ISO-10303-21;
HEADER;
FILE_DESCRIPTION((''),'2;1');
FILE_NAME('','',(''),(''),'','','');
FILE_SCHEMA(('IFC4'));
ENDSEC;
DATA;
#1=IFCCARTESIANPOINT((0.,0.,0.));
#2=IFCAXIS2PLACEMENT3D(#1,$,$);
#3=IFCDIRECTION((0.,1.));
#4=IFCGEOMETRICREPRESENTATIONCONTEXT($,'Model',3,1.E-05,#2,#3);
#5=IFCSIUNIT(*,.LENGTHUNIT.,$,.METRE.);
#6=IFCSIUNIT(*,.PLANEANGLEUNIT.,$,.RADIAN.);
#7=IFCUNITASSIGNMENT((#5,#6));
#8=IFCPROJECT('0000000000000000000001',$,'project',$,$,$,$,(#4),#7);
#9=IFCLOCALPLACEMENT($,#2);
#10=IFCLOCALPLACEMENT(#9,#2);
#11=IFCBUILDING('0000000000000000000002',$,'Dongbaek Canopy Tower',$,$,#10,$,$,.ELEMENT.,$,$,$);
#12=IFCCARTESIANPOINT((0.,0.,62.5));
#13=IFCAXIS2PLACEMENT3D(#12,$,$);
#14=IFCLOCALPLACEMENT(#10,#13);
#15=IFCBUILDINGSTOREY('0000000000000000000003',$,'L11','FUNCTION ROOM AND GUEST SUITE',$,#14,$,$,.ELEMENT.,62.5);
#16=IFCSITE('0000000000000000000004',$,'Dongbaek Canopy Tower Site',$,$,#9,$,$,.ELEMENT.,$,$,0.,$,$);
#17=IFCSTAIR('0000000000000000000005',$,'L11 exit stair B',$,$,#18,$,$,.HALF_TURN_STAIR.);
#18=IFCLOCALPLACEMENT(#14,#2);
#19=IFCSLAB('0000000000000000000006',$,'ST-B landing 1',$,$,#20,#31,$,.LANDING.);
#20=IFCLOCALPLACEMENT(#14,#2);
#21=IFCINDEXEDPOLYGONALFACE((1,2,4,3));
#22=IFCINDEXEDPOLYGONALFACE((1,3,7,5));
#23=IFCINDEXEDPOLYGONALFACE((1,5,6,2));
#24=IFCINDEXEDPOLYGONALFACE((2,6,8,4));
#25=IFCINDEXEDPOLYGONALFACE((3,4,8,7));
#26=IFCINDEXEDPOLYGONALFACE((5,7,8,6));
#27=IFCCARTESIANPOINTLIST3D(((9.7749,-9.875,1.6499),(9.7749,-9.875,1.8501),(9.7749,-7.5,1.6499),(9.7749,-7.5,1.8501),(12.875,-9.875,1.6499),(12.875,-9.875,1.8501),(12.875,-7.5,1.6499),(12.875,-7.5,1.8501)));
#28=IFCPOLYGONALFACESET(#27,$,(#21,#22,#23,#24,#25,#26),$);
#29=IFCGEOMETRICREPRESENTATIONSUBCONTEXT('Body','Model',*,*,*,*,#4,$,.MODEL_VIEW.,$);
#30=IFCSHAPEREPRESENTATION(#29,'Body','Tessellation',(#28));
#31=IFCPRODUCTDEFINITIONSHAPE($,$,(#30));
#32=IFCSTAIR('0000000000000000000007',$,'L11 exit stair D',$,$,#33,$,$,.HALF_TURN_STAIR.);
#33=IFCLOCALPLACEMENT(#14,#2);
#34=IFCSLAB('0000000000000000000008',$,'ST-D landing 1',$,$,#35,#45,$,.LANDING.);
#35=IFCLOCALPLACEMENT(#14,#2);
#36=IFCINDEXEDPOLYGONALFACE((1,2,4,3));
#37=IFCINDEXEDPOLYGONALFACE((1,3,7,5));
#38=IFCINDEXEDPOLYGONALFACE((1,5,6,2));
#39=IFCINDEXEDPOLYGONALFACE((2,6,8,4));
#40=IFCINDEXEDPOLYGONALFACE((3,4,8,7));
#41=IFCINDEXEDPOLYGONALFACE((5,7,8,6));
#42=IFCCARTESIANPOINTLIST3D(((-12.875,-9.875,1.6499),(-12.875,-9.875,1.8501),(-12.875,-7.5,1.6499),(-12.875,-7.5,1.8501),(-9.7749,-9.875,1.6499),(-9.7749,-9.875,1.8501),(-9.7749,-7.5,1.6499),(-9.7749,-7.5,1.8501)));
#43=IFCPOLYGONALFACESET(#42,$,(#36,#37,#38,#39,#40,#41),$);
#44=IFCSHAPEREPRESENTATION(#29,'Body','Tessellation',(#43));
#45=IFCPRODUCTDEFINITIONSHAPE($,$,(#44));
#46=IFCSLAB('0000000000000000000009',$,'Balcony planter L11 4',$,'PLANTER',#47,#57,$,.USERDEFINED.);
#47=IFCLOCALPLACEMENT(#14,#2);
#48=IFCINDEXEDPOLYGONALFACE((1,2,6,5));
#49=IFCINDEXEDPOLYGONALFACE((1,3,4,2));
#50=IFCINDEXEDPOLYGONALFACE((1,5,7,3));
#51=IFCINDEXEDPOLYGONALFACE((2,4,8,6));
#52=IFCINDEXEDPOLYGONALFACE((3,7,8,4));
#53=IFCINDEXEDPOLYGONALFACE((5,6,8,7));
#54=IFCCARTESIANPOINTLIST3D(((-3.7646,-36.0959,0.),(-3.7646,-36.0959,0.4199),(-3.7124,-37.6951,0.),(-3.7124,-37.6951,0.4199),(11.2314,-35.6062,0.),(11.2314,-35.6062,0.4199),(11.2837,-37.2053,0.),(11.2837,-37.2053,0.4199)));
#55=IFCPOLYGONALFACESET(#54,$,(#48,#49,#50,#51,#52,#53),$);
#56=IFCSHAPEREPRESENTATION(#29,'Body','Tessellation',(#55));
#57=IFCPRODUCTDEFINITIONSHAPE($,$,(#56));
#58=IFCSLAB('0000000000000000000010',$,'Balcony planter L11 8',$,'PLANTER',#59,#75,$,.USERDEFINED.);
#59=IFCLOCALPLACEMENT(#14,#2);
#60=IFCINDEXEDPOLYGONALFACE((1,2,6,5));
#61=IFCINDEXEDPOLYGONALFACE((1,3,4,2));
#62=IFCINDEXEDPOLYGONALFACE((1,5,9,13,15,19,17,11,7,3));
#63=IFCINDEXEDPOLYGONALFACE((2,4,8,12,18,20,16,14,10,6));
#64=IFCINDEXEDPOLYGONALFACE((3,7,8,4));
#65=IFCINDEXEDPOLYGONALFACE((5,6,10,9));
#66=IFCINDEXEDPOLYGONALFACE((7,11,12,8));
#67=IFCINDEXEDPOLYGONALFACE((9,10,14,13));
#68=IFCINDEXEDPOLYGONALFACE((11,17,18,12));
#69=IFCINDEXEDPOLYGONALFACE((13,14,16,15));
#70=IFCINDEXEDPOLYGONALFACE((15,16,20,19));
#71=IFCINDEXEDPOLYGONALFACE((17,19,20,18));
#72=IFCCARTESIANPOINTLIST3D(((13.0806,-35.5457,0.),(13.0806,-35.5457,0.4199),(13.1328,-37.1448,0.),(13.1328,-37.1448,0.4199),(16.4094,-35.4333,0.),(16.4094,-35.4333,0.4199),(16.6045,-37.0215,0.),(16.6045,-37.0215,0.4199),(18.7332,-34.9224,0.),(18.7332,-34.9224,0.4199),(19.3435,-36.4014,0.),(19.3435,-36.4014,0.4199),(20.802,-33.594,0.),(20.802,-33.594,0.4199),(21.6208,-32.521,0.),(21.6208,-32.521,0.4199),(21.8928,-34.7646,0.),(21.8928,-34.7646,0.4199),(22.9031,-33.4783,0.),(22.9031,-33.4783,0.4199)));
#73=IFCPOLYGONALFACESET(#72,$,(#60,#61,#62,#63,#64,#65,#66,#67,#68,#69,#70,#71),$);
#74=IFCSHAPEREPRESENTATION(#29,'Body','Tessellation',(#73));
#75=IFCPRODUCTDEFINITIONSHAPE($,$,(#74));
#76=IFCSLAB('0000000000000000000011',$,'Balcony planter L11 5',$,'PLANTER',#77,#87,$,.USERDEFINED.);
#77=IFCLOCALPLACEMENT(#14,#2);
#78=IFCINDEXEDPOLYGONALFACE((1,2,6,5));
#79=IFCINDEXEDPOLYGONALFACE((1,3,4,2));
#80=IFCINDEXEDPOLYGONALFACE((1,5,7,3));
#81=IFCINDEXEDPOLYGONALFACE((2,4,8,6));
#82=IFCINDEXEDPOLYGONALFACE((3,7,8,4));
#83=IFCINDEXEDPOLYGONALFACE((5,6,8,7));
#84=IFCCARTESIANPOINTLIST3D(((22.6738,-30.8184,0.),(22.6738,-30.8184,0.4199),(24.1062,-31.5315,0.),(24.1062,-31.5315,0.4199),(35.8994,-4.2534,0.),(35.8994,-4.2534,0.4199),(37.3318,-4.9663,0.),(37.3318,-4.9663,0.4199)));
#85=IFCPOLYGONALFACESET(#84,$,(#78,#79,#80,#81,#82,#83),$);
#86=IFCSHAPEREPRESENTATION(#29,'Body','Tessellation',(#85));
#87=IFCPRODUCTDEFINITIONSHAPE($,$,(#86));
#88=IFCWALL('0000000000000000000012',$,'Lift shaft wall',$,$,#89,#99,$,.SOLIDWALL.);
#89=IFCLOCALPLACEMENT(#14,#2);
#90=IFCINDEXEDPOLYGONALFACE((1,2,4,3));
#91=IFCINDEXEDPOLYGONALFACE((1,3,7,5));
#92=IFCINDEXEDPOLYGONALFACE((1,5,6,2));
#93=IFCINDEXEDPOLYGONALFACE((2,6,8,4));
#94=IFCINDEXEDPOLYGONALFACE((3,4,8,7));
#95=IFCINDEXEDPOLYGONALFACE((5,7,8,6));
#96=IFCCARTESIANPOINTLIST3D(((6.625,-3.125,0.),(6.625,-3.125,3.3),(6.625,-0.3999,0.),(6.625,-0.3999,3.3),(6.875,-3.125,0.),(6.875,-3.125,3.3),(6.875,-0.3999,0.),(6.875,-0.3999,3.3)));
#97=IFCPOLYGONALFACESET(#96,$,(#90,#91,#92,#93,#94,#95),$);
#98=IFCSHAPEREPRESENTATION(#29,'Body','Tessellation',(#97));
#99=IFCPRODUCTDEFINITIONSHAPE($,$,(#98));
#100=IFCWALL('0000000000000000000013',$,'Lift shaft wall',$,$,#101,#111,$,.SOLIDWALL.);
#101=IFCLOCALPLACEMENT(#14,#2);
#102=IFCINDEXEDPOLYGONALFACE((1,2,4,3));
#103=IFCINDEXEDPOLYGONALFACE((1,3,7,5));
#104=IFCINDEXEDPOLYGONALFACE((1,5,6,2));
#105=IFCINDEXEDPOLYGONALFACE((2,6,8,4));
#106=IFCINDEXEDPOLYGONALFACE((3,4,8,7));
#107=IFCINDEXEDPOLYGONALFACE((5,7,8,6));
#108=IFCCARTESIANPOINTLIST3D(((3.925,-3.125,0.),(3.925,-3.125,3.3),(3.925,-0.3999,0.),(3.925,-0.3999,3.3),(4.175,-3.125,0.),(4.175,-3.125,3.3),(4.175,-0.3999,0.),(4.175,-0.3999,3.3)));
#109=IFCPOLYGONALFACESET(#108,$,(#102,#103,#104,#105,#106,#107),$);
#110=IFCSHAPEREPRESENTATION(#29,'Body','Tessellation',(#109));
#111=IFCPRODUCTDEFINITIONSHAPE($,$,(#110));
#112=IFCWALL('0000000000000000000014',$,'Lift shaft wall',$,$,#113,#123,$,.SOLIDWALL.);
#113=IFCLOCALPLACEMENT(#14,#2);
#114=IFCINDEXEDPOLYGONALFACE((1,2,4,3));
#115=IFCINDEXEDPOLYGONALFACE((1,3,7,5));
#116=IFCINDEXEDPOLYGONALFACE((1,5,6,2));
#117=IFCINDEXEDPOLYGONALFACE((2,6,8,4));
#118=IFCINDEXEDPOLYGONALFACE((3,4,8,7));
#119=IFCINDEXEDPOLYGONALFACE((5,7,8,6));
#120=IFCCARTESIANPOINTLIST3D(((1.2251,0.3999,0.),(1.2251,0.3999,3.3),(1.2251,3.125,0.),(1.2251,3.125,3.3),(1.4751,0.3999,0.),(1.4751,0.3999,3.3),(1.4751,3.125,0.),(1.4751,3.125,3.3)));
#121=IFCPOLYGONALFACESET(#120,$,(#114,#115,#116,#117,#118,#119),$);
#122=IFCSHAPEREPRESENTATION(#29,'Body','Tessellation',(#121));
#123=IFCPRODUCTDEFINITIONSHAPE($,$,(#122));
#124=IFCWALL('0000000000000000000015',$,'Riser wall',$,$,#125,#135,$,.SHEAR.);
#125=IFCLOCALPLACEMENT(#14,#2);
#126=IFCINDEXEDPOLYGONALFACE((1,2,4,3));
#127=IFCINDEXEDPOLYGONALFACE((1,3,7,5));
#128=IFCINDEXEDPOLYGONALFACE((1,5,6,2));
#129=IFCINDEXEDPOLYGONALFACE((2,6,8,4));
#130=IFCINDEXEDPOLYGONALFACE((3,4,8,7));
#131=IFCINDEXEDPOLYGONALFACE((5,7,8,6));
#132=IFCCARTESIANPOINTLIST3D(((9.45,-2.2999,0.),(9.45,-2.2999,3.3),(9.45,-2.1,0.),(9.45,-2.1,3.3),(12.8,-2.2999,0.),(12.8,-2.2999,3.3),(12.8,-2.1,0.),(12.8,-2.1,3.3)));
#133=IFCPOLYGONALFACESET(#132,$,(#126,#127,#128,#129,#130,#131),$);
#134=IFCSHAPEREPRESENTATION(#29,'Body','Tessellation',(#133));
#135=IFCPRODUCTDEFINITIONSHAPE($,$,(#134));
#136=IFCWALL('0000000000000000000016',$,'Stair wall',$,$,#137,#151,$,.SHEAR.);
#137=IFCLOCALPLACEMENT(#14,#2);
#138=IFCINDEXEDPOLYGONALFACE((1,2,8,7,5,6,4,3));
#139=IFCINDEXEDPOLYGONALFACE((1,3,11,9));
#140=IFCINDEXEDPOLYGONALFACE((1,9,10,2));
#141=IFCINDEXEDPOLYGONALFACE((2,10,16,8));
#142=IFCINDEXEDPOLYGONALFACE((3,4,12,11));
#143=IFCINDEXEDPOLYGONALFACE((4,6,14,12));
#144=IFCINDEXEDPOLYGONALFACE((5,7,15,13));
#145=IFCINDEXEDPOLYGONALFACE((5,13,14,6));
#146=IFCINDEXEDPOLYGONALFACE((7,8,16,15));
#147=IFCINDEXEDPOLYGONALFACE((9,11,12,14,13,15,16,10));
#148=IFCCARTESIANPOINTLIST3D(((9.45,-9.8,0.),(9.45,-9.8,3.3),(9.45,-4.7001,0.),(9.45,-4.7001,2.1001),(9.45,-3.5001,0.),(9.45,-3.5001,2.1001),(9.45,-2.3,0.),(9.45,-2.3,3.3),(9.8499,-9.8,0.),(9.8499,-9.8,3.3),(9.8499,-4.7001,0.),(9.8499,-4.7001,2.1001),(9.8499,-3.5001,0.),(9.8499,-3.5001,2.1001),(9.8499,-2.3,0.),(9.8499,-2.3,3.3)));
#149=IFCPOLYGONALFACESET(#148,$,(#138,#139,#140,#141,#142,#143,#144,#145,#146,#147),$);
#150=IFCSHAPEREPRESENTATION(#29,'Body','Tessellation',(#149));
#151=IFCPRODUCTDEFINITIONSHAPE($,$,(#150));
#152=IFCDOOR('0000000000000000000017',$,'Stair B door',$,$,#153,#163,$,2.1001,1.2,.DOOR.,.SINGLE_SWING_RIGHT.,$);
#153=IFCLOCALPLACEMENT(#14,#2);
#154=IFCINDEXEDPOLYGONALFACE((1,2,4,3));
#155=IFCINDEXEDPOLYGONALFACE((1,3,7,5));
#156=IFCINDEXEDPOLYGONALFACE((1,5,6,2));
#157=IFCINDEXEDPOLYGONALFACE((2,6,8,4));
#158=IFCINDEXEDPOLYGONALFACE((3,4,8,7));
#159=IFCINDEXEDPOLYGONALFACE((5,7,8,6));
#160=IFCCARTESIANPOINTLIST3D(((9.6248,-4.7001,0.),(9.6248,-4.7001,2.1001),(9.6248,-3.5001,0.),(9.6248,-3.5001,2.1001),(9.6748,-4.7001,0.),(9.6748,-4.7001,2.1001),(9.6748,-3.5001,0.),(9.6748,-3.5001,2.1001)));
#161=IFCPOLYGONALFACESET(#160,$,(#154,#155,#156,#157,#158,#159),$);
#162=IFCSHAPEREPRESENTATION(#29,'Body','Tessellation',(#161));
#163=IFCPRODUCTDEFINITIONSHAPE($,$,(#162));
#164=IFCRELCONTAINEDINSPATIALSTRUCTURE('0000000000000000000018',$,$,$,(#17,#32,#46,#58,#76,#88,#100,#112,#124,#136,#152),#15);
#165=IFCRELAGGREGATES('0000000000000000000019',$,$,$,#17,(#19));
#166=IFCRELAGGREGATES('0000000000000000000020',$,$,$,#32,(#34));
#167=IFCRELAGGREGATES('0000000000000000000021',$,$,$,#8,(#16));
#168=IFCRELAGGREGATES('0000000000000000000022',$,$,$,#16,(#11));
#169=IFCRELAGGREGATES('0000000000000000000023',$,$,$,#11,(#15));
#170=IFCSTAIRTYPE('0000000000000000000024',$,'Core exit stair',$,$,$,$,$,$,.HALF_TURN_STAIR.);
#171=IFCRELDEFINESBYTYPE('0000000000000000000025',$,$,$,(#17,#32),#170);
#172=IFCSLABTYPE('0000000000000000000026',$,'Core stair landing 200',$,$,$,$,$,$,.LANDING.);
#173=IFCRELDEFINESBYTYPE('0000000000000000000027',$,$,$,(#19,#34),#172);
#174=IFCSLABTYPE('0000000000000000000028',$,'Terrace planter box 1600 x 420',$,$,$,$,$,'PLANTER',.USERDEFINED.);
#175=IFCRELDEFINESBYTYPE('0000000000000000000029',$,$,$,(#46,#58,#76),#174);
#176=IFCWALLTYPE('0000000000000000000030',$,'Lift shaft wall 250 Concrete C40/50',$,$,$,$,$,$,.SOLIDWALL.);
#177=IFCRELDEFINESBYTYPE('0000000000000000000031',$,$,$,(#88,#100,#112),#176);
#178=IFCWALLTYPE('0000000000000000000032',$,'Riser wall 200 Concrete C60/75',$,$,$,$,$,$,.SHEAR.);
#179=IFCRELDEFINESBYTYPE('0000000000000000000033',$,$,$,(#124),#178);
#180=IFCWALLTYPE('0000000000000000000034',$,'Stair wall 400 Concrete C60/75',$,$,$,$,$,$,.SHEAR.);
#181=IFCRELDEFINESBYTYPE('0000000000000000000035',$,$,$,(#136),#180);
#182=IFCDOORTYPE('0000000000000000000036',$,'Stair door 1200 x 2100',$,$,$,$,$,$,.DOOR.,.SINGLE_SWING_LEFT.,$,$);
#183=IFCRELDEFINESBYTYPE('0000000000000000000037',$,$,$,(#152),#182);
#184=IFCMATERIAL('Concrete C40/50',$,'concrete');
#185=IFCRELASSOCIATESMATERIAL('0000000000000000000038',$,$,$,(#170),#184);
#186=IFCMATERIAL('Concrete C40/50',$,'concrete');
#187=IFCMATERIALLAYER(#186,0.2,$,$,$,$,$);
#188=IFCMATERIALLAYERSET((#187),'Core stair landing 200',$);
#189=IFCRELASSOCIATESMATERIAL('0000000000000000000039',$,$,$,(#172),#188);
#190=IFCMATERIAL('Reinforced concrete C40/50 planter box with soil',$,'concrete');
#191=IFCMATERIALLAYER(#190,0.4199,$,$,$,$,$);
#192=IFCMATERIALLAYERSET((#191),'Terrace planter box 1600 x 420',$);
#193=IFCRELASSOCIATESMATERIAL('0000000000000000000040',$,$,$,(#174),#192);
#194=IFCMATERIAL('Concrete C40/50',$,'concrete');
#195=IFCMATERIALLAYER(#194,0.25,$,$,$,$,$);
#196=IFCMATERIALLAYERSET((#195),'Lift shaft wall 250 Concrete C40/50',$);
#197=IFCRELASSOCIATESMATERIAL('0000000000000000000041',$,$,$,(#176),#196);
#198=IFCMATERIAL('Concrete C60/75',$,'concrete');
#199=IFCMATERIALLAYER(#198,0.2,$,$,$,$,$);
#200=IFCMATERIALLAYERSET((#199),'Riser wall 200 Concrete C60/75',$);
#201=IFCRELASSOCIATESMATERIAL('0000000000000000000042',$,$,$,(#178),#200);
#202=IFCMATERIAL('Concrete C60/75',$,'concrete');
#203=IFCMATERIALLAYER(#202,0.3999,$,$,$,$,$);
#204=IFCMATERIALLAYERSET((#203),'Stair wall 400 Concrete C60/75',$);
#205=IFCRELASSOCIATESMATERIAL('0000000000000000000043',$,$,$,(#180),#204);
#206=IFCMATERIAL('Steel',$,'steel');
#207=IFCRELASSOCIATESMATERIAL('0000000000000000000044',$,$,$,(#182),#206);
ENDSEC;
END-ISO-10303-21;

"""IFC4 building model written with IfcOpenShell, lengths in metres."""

from ifc_helpers import new_model, si_unit, direction, frame, frame_2d, origin, place, context, subcontext, project, spatial, polyline, rectangle, outline, extrude, material, layer, layer_set, type_object, element, fill, aggregate, save


model = new_model("IFC4")

# Units and contexts
model_context = context("Model", 3, precision=1e-05, world=origin(), true_north=direction((0.0, 1.0)))
body_context = subcontext(model_context, "Body", "Model", "MODEL_VIEW")
ifc_project = project(units=[si_unit("LENGTHUNIT", "METRE"), si_unit("PLANEANGLEUNIT", "RADIAN")], contexts=[model_context])

# Site, building, storey
site_placement = place(None, origin())
site = spatial("IfcSite", under=ifc_project, at=site_placement, Name="Dongbaek Canopy Tower Site", CompositionType="ELEMENT", RefElevation=0.0)
building_placement = place(site_placement, origin())
building = spatial("IfcBuilding", under=site, at=building_placement, Name="Dongbaek Canopy Tower", CompositionType="ELEMENT")
storey_placement = place(building_placement, frame((0.0, 0.0, 62.5)))
storey = spatial("IfcBuildingStorey", under=building, at=storey_placement, Name="L11", Description="FUNCTION ROOM AND GUEST SUITE", CompositionType="ELEMENT", Elevation=62.5)

# Stairs, slabs
ifc_material_1 = material(Name="Concrete C40/50", Category="concrete")
stair_type = type_object("IfcStairType", Name="Core exit stair", PredefinedType="HALF_TURN_STAIR", material=ifc_material_1)
ifc_material_2 = material(Name="Concrete C40/50", Category="concrete")
ifc_layer_1 = layer(ifc_material_2, 0.2)
ifc_layer_set_1 = layer_set([ifc_layer_1], Name="Core stair landing 200")
slab_type_1 = type_object("IfcSlabType", Name="Core stair landing 200", PredefinedType="LANDING", material=ifc_layer_set_1)
stair_1_placement = place(storey_placement, origin())
stair_1 = element("IfcStair", 1, at=stair_1_placement, inside=storey, type_object=stair_type, Name="L11 exit stair B", PredefinedType="HALF_TURN_STAIR")
slab_1_placement = place(storey_placement, frame((0.0, 0.0, 1.6499)))
slab_1 = element("IfcSlab", 2, at=slab_1_placement, type_object=slab_type_1, Name="ST-B landing 1", PredefinedType="LANDING", context=body_context, shape_type="SweptSolid", body=[
    extrude(outline(polyline([(9.7749, -7.5), (9.7749, -9.875), (12.875, -9.875), (12.875, -7.5), (9.7749, -7.5)])), origin(), (0.0, 0.0, 1.0), 0.2002),
])
aggregate(stair_1, [slab_1])
stair_2_placement = place(storey_placement, origin())
stair_2 = element("IfcStair", 3, at=stair_2_placement, inside=storey, type_object=stair_type, Name="L11 exit stair D", PredefinedType="HALF_TURN_STAIR")
slab_2_placement = place(storey_placement, frame((0.0, 0.0, 1.6499)))
slab_2 = element("IfcSlab", 4, at=slab_2_placement, type_object=slab_type_1, Name="ST-D landing 1", PredefinedType="LANDING", context=body_context, shape_type="SweptSolid", body=[
    extrude(outline(polyline([(-12.875, -7.5), (-12.875, -9.875), (-9.7749, -9.875), (-9.7749, -7.5), (-12.875, -7.5)])), origin(), (0.0, 0.0, 1.0), 0.2002),
])
aggregate(stair_2, [slab_2])

# Slabs
ifc_material_3 = material(Name="Reinforced concrete C40/50 planter box with soil", Category="concrete")
ifc_layer_2 = layer(ifc_material_3, 0.4199)
ifc_layer_set_2 = layer_set([ifc_layer_2], Name="Terrace planter box 1600 x 420")
slab_type_2 = type_object("IfcSlabType", Name="Terrace planter box 1600 x 420", ElementType="PLANTER", PredefinedType="USERDEFINED", material=ifc_layer_set_2)
slab_3_placement = place(storey_placement, origin())
element("IfcSlab", 5, at=slab_3_placement, inside=storey, type_object=slab_type_2, Name="Balcony planter L11 4", ObjectType="PLANTER", PredefinedType="USERDEFINED", context=body_context, shape_type="SweptSolid", body=[
    extrude(outline(polyline([(-3.7646, -36.0959), (11.2314, -35.6062), (11.2837, -37.2053), (-3.7124, -37.6951), (-3.7646, -36.0959)])), origin(), (0.0, 0.0, 1.0), 0.4199),
])
slab_4_placement = place(storey_placement, origin())
element("IfcSlab", 6, at=slab_4_placement, inside=storey, type_object=slab_type_2, Name="Balcony planter L11 8", ObjectType="PLANTER", PredefinedType="USERDEFINED", context=body_context, shape_type="SweptSolid", body=[
    extrude(outline(polyline([(13.0806, -35.5457), (16.4094, -35.4333), (18.7332, -34.9224), (20.802, -33.594), (21.6208, -32.521), (22.9031, -33.4783), (21.8928, -34.7646), (19.3435, -36.4014), (16.6045, -37.0215), (13.1328, -37.1448), (13.0806, -35.5457)])), origin(), (0.0, 0.0, 1.0), 0.4199),
])
slab_5_placement = place(storey_placement, origin())
element("IfcSlab", 7, at=slab_5_placement, inside=storey, type_object=slab_type_2, Name="Balcony planter L11 5", ObjectType="PLANTER", PredefinedType="USERDEFINED", context=body_context, shape_type="SweptSolid", body=[
    extrude(outline(polyline([(22.6738, -30.8184), (35.8994, -4.2534), (37.3318, -4.9663), (24.1062, -31.5315), (22.6738, -30.8184)])), origin(), (0.0, 0.0, 1.0), 0.4199),
])

# Walls
ifc_material_4 = material(Name="Concrete C40/50", Category="concrete")
ifc_layer_3 = layer(ifc_material_4, 0.25)
ifc_layer_set_3 = layer_set([ifc_layer_3], Name="Lift shaft wall 250 Concrete C40/50")
wall_type_1 = type_object("IfcWallType", Name="Lift shaft wall 250 Concrete C40/50", PredefinedType="SOLIDWALL", material=ifc_layer_set_3)
for number, where, z_axis, x_axis, name in (
    (8, (6.75, -3.125, 0.0), (0.0, 0.0, 1.0), (0.0, 1.0, 0.0), "Lift shaft wall"),
    (9, (4.05, -3.125, 0.0), (0.0, 0.0, 1.0), (0.0, 1.0, 0.0), "Lift shaft wall"),
    (10, (1.3501, 0.3999, 0.0), (0.0, 0.0, 1.0), (0.0, 1.0, 0.0), "Lift shaft wall"),
):
    element("IfcWall", number, at=place(storey_placement, frame(where, z_axis=z_axis, x_axis=x_axis)), inside=storey, type_object=wall_type_1, Name=name, PredefinedType="SOLIDWALL", context=body_context, shape_type="SweptSolid", body=[
        extrude(rectangle(XDim=2.7251, YDim=0.25, at=frame_2d((1.3625, 0.0))), origin(), (0.0, 0.0, 1.0), 3.3),
    ])
ifc_material_5 = material(Name="Concrete C60/75", Category="concrete")
ifc_layer_4 = layer(ifc_material_5, 0.2)
ifc_layer_set_4 = layer_set([ifc_layer_4], Name="Riser wall 200 Concrete C60/75")
wall_type_2 = type_object("IfcWallType", Name="Riser wall 200 Concrete C60/75", PredefinedType="SHEAR", material=ifc_layer_set_4)
wall_1_placement = place(storey_placement, frame((9.45, -2.2, 0.0), z_axis=(0.0, 0.0, 1.0), x_axis=(1.0, 0.0, 0.0)))
element("IfcWall", 11, at=wall_1_placement, inside=storey, type_object=wall_type_2, Name="Riser wall", PredefinedType="SHEAR", context=body_context, shape_type="SweptSolid", body=[
    extrude(rectangle(XDim=3.3501, YDim=0.2, at=frame_2d((1.675, 0.0))), origin(), (0.0, 0.0, 1.0), 3.3),
])

# Wall, opening, door
ifc_material_6 = material(Name="Concrete C60/75", Category="concrete")
ifc_layer_5 = layer(ifc_material_6, 0.3999)
ifc_layer_set_5 = layer_set([ifc_layer_5], Name="Stair wall 400 Concrete C60/75")
wall_type_3 = type_object("IfcWallType", Name="Stair wall 400 Concrete C60/75", PredefinedType="SHEAR", material=ifc_layer_set_5)
wall_2_placement = place(storey_placement, frame((9.6499, -2.3, 0.0), z_axis=(0.0, 0.0, 1.0), x_axis=(0.0, -1.0, 0.0)))
wall_2 = element("IfcWall", 12, at=wall_2_placement, inside=storey, type_object=wall_type_3, Name="Stair wall", PredefinedType="SHEAR", context=body_context, shape_type="SweptSolid", body=[
    extrude(rectangle(XDim=7.5, YDim=0.3999, at=frame_2d((3.75, 0.0))), origin(), (0.0, 0.0, 1.0), 3.3),
])
opening_placement = place(wall_2_placement, frame((1.2, 0.0, 0.0)))
opening = element("IfcOpeningElement", 13, at=opening_placement, cuts=wall_2, PredefinedType="OPENING", context=body_context, shape_type="SweptSolid", body=[
    extrude(rectangle(XDim=1.2, YDim=2.1001, at=frame_2d((0.6001, 1.05))), frame((0.0, 0.21, 0.0), z_axis=(0.0, -1.0, 0.0), x_axis=(1.0, 0.0, 0.0)), (0.0, 0.0, 1.0), 0.4199),
])
ifc_material_7 = material(Name="Steel", Category="steel")
door_type = type_object("IfcDoorType", Name="Stair door 1200 x 2100", OperationType="SINGLE_SWING_LEFT", PredefinedType="DOOR", material=ifc_material_7)
door_placement = place(opening_placement, origin())
door = element("IfcDoor", 14, at=door_placement, inside=storey, type_object=door_type, Name="Stair B door", OperationType="SINGLE_SWING_RIGHT", OverallHeight=2.1001, OverallWidth=1.2, PredefinedType="DOOR", context=body_context, shape_type="SweptSolid", body=[
    extrude(rectangle(XDim=1.2, YDim=2.1001, at=frame_2d((0.6001, 1.05))), frame((0.0, 0.0249, 0.0), z_axis=(0.0, -1.0, 0.0), x_axis=(1.0, 0.0, 0.0)), (0.0, 0.0, 1.0), 0.05),
])
fill(opening, door)

save(model, "model.ifc")
